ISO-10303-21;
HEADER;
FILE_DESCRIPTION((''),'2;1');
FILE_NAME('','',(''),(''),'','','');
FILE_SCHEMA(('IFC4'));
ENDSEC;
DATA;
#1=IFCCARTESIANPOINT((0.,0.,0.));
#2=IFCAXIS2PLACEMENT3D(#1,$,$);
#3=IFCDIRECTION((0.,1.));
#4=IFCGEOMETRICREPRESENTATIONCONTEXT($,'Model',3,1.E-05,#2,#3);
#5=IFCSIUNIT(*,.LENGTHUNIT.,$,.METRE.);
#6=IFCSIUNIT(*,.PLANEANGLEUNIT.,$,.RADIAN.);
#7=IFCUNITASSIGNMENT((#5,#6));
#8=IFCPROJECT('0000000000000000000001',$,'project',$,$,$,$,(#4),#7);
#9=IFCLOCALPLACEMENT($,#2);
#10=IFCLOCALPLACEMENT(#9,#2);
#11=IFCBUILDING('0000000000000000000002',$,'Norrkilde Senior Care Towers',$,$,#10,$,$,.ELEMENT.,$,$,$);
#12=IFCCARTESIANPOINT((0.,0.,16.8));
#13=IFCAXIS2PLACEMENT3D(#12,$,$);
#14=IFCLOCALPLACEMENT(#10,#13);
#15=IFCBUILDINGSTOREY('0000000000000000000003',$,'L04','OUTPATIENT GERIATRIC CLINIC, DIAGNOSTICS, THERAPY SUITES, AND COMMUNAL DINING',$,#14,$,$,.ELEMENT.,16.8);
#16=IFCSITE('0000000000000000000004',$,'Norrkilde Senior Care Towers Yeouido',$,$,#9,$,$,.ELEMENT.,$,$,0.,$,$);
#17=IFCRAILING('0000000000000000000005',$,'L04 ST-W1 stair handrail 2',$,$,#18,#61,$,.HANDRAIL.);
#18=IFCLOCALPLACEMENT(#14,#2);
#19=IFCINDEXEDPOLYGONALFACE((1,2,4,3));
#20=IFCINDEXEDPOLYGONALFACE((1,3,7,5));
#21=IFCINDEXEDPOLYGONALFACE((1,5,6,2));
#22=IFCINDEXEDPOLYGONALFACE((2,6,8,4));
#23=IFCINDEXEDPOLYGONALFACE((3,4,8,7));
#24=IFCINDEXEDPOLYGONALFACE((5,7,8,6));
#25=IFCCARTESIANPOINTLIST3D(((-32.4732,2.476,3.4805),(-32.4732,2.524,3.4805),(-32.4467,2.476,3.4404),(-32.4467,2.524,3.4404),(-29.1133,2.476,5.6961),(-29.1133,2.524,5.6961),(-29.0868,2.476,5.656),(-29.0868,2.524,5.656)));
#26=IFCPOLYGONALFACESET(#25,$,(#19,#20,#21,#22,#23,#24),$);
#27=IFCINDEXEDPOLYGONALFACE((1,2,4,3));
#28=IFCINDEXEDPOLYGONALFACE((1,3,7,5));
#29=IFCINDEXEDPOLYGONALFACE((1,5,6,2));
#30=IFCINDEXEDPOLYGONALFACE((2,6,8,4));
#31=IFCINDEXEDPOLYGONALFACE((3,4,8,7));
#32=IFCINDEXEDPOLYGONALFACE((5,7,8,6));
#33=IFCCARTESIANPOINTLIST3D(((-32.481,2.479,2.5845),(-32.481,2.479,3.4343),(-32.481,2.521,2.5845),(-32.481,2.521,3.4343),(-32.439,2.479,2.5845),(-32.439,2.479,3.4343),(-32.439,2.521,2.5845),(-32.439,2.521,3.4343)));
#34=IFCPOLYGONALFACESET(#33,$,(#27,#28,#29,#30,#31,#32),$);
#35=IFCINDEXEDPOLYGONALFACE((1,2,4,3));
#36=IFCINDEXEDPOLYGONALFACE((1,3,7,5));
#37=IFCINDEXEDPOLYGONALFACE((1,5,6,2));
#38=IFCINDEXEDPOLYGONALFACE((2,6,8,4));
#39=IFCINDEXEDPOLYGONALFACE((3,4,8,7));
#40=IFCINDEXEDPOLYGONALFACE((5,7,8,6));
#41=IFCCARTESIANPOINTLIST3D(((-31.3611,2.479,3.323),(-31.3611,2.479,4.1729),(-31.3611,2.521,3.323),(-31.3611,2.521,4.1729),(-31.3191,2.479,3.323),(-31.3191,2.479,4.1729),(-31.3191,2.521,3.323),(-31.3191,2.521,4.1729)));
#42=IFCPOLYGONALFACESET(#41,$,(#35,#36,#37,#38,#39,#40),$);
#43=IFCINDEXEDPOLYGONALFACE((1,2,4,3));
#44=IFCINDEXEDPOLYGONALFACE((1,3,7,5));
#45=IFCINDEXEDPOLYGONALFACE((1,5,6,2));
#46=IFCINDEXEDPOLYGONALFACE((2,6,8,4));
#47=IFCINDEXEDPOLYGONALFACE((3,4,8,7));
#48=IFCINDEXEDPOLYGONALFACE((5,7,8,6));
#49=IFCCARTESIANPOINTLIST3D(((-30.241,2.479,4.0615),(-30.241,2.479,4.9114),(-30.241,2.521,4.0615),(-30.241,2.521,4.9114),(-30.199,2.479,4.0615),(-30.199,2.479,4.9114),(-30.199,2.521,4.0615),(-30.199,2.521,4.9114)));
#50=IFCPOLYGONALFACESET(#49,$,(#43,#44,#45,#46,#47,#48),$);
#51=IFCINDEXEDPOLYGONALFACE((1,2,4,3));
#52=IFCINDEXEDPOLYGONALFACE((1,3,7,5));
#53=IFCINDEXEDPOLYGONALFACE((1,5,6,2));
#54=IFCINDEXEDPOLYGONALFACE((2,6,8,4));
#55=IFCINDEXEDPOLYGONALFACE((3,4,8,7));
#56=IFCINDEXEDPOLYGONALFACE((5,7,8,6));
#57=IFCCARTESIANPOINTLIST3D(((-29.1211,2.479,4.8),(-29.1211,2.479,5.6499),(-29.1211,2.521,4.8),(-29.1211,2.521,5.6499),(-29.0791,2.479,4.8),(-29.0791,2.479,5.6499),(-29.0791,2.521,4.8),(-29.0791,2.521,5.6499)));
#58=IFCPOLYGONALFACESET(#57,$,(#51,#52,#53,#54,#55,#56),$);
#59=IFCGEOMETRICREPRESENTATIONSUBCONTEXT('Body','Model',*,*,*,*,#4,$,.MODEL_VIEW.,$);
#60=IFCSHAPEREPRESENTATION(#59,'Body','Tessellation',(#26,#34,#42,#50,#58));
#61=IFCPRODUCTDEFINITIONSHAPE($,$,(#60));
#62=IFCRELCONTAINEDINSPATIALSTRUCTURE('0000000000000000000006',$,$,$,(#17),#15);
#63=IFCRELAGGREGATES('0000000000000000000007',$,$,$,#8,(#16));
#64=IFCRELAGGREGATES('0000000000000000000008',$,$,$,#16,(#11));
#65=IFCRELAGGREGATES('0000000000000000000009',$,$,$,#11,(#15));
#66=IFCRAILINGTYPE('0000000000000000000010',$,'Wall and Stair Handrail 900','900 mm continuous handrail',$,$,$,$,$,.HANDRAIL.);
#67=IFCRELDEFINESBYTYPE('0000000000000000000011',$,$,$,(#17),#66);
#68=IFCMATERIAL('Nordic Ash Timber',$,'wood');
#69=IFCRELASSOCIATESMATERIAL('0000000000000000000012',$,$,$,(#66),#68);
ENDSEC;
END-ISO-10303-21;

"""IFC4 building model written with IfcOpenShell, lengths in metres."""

from ifc_helpers import new_model, si_unit, direction, frame, origin, origin_2d, place, context, subcontext, project, spatial, rectangle, extrude, material, type_object, element, save


model = new_model("IFC4")

# Units and contexts
model_context = context("Model", 3, precision=1e-05, world=origin(), true_north=direction((0.0, 1.0)))
body_context = subcontext(model_context, "Body", "Model", "MODEL_VIEW")
ifc_project = project(units=[si_unit("LENGTHUNIT", "METRE"), si_unit("PLANEANGLEUNIT", "RADIAN")], contexts=[model_context])

# Site, building, storey
site_placement = place(None, origin())
site = spatial("IfcSite", under=ifc_project, at=site_placement, Name="Norrkilde Senior Care Towers Yeouido", CompositionType="ELEMENT", RefElevation=0.0)
building_placement = place(site_placement, origin())
building = spatial("IfcBuilding", under=site, at=building_placement, Name="Norrkilde Senior Care Towers", CompositionType="ELEMENT")
storey_placement = place(building_placement, frame((0.0, 0.0, 16.8)))
storey = spatial("IfcBuildingStorey", under=building, at=storey_placement, Name="L04", Description="OUTPATIENT GERIATRIC CLINIC, DIAGNOSTICS, THERAPY SUITES, AND COMMUNAL DINING", CompositionType="ELEMENT", Elevation=16.8)

# Railing
ifc_material_1 = material(Name="Nordic Ash Timber", Category="wood")
railing_type_1 = type_object("IfcRailingType", Name="Wall and Stair Handrail 900", Description="900 mm continuous handrail", PredefinedType="HANDRAIL", material=ifc_material_1)
railing_1_placement = place(storey_placement, frame((-32.46, 2.5, 2.5845)))
element("IfcRailing", 1, at=railing_1_placement, inside=storey, type_object=railing_type_1, Name="L04 ST-W1 stair handrail 2", PredefinedType="HANDRAIL", context=body_context, shape_type="SweptSolid", body=[
    extrude(rectangle(XDim=0.0481, YDim=0.0481, at=origin_2d()), frame((0.0, 0.0, 0.876), z_axis=(0.83483, 0.0, 0.550508), x_axis=(0.0, 1.0, 0.0)), (0.0, 0.0, 1.0), 4.0247),
    extrude(rectangle(XDim=0.042, YDim=0.042, at=origin_2d()), origin(), (0.0, 0.0, 1.0), 0.8499),
    extrude(rectangle(XDim=0.042, YDim=0.042, at=origin_2d()), frame((1.1199, 0.0, 0.7385)), (0.0, 0.0, 1.0), 0.8499),
    extrude(rectangle(XDim=0.042, YDim=0.042, at=origin_2d()), frame((2.24, 0.0, 1.4771)), (0.0, 0.0, 1.0), 0.8499),
    extrude(rectangle(XDim=0.042, YDim=0.042, at=origin_2d()), frame((3.3599, 0.0, 2.2156)), (0.0, 0.0, 1.0), 0.8499),
])

save(model, "model.ifc")
